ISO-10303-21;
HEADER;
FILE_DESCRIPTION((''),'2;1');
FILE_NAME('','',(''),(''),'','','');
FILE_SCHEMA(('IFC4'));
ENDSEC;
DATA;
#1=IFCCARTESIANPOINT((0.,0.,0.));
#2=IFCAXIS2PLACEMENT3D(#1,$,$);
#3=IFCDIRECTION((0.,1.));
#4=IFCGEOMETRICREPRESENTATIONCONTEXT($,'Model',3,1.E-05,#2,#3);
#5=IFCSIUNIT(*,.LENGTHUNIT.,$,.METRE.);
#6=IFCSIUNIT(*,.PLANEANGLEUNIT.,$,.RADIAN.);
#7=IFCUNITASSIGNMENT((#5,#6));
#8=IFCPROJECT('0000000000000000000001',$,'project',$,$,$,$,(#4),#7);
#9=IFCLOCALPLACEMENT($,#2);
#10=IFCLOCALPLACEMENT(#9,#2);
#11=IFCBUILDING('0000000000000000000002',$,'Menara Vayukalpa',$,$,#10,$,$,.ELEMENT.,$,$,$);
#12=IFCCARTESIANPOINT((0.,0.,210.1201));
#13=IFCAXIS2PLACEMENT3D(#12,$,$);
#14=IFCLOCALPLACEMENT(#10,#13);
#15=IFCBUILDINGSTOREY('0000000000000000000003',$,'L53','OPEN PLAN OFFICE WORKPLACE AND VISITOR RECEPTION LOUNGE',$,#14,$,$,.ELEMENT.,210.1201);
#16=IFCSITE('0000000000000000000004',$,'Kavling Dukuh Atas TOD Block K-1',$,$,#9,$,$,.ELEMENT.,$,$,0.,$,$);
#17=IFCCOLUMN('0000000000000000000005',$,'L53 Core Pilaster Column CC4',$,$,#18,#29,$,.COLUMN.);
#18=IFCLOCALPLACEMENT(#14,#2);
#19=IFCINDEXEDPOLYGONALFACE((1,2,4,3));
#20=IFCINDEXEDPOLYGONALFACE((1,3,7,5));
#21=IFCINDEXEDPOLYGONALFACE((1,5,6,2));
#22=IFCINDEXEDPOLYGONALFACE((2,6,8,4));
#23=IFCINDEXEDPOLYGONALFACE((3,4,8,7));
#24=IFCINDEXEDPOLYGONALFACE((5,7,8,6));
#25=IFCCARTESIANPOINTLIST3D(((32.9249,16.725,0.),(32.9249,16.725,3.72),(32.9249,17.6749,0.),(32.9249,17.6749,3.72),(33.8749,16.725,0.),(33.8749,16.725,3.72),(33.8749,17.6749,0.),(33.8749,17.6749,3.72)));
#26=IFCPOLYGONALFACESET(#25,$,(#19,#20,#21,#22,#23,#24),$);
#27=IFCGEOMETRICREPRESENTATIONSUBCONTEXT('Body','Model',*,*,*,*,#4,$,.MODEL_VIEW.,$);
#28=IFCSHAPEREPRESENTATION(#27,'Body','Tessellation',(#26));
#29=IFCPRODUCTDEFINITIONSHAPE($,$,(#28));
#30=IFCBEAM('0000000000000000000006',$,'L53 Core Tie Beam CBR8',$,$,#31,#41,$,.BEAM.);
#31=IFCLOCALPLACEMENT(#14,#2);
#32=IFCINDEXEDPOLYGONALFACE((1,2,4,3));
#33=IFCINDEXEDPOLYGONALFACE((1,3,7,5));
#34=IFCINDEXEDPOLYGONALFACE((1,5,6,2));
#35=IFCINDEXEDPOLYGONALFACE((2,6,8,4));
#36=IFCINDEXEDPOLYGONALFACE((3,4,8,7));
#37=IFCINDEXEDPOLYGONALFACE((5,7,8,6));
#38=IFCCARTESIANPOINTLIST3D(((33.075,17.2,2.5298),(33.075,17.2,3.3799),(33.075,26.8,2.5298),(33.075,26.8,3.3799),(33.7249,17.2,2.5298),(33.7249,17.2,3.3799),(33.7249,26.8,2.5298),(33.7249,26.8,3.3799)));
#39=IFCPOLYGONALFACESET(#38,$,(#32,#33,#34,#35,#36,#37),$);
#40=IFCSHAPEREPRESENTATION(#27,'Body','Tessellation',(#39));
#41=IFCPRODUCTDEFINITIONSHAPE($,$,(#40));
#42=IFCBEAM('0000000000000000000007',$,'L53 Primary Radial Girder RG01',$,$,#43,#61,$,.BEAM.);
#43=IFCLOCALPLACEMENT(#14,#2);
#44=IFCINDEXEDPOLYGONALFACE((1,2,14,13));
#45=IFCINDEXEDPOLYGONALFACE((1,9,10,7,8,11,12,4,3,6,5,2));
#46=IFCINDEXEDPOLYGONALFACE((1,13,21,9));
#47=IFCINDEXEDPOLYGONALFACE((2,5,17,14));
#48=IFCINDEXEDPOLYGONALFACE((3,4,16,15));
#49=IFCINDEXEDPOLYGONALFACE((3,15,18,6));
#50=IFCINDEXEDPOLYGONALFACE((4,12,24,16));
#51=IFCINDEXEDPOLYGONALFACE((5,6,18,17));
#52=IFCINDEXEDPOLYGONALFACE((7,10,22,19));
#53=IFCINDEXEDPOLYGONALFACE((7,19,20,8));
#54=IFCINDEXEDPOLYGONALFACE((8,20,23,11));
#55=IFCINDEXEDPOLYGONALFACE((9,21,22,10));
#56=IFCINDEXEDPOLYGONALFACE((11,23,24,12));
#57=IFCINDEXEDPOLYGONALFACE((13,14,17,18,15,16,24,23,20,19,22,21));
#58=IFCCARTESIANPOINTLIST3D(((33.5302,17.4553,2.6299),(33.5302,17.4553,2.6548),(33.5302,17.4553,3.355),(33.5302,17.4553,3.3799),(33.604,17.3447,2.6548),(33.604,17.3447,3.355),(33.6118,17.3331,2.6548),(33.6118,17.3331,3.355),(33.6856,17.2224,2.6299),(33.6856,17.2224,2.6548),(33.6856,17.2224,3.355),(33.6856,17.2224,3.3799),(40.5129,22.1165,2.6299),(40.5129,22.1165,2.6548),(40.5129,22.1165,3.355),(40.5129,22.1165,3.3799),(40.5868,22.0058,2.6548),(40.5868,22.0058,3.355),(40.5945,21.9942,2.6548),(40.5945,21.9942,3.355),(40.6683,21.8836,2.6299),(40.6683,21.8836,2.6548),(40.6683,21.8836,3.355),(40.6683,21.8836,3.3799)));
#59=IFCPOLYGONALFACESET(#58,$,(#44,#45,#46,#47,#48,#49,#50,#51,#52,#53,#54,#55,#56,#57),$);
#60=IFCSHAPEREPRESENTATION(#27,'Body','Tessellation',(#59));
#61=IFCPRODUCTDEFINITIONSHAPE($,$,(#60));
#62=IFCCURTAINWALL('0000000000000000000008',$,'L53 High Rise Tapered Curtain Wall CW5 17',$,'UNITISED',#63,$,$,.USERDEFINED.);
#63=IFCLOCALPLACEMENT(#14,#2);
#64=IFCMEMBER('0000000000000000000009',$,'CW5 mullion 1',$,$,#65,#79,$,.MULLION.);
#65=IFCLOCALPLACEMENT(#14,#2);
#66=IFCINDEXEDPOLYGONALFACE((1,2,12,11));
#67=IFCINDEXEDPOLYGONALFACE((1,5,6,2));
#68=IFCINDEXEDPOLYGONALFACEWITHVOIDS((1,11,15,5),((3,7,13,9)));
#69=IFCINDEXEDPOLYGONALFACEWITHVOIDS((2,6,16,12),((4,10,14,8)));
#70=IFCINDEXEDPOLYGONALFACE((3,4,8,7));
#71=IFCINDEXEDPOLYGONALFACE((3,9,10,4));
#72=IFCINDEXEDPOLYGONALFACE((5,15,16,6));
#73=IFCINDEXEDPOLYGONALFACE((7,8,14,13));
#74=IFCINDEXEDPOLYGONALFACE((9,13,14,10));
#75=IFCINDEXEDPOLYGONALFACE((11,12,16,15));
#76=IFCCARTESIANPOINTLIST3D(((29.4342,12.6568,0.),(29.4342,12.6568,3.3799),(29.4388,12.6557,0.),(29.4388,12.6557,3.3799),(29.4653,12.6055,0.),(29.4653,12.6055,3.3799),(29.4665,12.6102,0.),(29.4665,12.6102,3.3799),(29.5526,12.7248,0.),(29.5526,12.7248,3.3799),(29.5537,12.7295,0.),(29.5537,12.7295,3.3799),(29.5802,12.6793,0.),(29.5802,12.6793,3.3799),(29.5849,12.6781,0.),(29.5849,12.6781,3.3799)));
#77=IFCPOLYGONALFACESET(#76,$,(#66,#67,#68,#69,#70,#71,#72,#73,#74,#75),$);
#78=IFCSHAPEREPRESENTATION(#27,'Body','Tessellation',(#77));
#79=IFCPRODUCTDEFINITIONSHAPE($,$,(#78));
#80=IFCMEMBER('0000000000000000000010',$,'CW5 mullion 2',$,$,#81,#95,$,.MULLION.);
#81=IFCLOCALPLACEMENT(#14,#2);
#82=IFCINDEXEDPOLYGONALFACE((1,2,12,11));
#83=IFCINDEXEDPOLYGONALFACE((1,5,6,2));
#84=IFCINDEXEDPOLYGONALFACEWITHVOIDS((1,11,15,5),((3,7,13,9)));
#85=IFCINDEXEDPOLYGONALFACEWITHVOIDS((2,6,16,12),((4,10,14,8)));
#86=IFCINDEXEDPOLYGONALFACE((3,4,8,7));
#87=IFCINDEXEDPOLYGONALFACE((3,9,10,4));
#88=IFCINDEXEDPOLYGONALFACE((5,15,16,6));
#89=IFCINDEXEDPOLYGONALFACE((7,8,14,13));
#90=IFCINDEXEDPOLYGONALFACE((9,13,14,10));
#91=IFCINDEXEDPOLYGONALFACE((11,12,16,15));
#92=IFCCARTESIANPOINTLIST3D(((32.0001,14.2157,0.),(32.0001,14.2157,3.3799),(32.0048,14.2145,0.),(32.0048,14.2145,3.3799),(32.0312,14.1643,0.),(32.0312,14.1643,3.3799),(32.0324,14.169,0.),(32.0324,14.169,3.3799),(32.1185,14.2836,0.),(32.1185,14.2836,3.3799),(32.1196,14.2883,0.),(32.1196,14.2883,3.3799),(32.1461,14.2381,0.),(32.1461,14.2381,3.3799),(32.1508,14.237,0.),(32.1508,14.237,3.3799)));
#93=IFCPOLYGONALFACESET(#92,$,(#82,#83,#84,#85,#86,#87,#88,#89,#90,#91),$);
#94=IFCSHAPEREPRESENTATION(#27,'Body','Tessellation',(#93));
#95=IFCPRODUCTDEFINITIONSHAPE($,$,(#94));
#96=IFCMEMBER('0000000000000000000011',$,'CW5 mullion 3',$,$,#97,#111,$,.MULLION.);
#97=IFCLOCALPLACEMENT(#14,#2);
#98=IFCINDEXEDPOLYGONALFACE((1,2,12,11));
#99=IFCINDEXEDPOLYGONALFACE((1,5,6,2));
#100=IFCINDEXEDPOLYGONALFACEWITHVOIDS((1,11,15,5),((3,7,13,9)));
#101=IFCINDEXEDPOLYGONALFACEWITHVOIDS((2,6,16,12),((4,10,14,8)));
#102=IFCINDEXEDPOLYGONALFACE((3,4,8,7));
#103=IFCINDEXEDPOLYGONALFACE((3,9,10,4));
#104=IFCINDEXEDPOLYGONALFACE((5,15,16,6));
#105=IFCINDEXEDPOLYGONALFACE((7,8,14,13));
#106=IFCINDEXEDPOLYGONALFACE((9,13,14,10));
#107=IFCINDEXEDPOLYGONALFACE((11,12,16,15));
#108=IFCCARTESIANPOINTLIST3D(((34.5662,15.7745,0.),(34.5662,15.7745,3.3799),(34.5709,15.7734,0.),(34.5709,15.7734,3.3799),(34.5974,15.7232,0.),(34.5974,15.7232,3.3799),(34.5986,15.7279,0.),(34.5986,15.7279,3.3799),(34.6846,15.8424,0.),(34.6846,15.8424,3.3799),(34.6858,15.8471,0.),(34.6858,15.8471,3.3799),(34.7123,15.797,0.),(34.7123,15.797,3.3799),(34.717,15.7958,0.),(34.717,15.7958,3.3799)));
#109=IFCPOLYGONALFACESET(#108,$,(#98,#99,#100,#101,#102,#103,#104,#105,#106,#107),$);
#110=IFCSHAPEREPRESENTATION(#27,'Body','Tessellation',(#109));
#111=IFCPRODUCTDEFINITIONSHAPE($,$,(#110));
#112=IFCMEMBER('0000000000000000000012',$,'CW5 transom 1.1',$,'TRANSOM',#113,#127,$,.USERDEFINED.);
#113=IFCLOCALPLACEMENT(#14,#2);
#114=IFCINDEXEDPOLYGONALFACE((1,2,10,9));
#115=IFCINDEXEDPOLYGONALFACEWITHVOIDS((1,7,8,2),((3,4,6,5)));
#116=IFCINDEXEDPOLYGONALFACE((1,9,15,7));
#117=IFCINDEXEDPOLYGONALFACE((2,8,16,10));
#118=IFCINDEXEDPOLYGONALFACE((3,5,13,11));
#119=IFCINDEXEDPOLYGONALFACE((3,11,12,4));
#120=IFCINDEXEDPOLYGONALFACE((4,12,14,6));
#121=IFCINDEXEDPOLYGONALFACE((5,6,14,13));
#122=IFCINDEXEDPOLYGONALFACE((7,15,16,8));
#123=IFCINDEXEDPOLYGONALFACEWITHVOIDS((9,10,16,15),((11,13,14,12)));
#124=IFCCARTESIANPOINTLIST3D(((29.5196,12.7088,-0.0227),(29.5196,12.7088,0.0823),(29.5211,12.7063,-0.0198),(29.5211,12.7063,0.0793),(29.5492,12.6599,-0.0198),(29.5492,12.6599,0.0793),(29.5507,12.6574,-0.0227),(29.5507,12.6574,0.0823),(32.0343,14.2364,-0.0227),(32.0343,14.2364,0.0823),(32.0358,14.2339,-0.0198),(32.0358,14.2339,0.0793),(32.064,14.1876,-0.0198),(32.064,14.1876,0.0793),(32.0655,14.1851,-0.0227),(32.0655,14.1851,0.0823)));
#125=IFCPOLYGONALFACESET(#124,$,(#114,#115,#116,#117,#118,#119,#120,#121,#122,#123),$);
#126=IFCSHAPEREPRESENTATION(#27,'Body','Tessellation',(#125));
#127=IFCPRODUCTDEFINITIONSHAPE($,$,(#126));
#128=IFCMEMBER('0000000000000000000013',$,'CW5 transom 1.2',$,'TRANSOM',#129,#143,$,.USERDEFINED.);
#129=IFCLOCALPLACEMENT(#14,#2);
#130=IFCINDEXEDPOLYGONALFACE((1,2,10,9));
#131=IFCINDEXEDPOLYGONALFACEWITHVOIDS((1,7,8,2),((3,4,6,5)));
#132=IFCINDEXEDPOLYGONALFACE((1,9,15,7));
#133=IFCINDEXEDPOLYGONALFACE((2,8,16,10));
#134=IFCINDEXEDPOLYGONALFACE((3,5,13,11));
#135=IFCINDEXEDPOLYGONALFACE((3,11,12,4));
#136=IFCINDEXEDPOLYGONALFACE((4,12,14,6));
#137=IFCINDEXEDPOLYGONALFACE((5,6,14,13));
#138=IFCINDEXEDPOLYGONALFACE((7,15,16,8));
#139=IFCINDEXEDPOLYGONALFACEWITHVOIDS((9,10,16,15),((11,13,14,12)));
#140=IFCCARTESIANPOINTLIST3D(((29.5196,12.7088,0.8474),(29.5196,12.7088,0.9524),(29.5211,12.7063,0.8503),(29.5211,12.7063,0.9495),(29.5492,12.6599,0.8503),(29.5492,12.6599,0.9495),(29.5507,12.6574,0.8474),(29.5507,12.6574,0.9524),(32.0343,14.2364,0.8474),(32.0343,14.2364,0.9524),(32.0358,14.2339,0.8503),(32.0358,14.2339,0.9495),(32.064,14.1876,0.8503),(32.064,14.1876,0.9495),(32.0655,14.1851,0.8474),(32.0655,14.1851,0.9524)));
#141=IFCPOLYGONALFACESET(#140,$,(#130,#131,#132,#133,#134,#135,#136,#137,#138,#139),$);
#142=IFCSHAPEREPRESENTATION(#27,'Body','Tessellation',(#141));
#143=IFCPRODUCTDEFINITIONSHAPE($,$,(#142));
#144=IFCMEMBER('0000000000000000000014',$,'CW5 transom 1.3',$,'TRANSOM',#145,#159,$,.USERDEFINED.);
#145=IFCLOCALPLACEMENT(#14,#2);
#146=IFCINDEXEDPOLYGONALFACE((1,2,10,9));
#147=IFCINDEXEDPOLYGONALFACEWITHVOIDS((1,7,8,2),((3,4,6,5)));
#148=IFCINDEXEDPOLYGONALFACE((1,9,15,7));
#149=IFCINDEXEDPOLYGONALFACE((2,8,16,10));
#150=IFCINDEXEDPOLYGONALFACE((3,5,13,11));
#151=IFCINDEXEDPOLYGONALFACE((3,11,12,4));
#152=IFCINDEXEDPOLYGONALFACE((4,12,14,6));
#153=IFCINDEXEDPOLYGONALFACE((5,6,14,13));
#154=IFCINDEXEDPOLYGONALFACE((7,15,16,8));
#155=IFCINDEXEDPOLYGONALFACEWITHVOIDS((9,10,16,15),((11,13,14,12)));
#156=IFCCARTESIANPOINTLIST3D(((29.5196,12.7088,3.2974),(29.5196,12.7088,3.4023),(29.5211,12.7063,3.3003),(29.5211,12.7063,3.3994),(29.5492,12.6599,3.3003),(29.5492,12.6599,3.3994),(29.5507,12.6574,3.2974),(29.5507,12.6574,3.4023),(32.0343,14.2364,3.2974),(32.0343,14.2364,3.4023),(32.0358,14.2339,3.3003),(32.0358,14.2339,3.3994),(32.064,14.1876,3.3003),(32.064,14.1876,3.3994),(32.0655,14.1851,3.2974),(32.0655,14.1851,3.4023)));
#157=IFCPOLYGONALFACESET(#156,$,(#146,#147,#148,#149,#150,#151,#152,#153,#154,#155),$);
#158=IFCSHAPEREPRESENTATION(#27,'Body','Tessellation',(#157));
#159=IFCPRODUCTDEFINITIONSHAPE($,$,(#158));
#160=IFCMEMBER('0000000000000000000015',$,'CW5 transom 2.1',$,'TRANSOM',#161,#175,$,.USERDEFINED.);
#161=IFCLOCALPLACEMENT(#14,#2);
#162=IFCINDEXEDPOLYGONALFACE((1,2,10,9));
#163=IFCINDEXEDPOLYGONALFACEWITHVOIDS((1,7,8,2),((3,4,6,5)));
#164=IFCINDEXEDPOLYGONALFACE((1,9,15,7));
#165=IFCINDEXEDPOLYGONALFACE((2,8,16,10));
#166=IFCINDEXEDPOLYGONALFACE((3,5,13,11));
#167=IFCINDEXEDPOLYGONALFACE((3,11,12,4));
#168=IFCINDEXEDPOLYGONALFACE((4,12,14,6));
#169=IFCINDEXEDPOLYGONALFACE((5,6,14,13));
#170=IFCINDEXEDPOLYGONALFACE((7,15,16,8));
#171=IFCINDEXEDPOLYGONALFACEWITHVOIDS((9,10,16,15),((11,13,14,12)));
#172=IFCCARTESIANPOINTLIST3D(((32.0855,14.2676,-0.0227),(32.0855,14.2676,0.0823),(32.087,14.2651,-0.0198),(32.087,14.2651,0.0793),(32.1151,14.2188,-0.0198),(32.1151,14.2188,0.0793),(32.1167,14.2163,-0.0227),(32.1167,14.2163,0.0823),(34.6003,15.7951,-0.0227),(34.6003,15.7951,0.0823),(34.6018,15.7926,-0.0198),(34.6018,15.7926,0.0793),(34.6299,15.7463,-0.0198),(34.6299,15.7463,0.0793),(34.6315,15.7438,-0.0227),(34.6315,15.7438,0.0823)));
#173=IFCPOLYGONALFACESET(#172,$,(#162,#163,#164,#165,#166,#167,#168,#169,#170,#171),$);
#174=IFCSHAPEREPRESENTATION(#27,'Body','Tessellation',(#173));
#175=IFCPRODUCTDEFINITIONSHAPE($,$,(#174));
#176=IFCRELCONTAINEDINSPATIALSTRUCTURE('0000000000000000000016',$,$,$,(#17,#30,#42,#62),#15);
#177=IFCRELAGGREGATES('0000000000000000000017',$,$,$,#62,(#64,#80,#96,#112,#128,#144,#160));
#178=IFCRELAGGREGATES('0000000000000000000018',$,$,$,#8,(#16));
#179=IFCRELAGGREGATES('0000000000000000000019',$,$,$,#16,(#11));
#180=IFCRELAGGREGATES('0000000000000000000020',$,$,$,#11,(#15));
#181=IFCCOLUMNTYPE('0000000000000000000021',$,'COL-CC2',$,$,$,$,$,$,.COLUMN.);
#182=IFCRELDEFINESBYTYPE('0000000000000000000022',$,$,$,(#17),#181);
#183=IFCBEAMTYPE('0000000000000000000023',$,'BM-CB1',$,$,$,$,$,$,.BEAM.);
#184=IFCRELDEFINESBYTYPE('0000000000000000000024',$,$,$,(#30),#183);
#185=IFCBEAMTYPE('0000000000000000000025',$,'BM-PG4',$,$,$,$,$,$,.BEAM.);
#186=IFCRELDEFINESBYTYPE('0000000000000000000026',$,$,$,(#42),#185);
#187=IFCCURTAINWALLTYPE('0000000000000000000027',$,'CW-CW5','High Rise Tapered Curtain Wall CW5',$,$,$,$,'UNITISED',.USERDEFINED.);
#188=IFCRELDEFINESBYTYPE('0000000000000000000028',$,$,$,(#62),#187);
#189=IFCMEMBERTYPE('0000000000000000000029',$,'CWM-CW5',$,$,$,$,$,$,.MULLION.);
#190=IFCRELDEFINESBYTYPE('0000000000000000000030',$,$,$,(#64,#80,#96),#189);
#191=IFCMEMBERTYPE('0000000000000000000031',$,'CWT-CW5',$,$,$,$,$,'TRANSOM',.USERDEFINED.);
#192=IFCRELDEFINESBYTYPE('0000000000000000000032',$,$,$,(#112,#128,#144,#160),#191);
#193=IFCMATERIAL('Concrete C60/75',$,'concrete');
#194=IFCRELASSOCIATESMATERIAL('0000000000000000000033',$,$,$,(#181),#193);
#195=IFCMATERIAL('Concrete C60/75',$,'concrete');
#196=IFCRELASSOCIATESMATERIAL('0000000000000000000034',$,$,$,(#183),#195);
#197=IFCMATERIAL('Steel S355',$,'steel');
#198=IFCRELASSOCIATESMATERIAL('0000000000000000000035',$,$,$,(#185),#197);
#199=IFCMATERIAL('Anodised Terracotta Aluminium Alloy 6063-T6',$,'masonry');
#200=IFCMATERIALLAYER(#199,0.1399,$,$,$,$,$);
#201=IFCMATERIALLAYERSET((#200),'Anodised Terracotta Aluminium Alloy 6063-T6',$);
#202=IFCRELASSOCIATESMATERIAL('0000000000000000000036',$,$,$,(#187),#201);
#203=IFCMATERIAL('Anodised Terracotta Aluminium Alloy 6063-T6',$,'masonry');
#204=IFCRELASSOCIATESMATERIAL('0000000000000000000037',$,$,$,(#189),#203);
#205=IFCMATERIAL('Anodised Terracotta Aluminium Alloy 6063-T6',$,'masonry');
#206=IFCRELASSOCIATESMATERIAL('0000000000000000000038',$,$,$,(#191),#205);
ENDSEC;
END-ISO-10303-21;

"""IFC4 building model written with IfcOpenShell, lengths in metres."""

from ifc_helpers import new_model, si_unit, direction, frame, origin, origin_2d, place, context, subcontext, project, spatial, rectangle, hollow_rectangle, i_section, extrude, material, layer, layer_set, material_profile, profile_set, type_object, element, aggregate, save


model = new_model("IFC4")

# Units and contexts
model_context = context("Model", 3, precision=1e-05, world=origin(), true_north=direction((0.0, 1.0)))
body_context = subcontext(model_context, "Body", "Model", "MODEL_VIEW")
ifc_project = project(units=[si_unit("LENGTHUNIT", "METRE"), si_unit("PLANEANGLEUNIT", "RADIAN")], contexts=[model_context])

# Site, building, storey
site_placement = place(None, origin())
site = spatial("IfcSite", under=ifc_project, at=site_placement, Name="Kavling Dukuh Atas TOD Block K-1", CompositionType="ELEMENT", RefElevation=0.0)
building_placement = place(site_placement, origin())
building = spatial("IfcBuilding", under=site, at=building_placement, Name="Menara Vayukalpa", CompositionType="ELEMENT")
storey_placement = place(building_placement, frame((0.0, 0.0, 210.1201)))
storey = spatial("IfcBuildingStorey", under=building, at=storey_placement, Name="L53", Description="OPEN PLAN OFFICE WORKPLACE AND VISITOR RECEPTION LOUNGE", CompositionType="ELEMENT", Elevation=210.1201)

# Column
ifc_material_1 = material(Name="Concrete C60/75", Category="concrete")
ifc_material_profile_1 = material_profile(ifc_material_1, rectangle(XDim=0.95, YDim=0.95, at=origin_2d()), Name="RC 950x950")
ifc_profile_set_1 = profile_set([ifc_material_profile_1], Name="Concrete C60/75")
column_type = type_object("IfcColumnType", Name="COL-CC2", PredefinedType="COLUMN", material=ifc_profile_set_1)
column_placement = place(storey_placement, frame((33.3999, 17.2, 0.0), z_axis=(0.0, 0.0, 1.0), x_axis=(1.0, 0.0, 0.0)))
element("IfcColumn", 1, at=column_placement, inside=storey, type_object=column_type, Name="L53 Core Pilaster Column CC4", PredefinedType="COLUMN", context=body_context, shape_type="SweptSolid", body=[
    extrude(rectangle(XDim=0.95, YDim=0.95, at=origin_2d()), origin(), (0.0, 0.0, 1.0), 3.72),
])

# Beams
ifc_material_2 = material(Name="Concrete C60/75", Category="concrete")
ifc_material_profile_2 = material_profile(ifc_material_2, rectangle(XDim=0.6499, YDim=0.8501, at=origin_2d()), Name="RC 650x850")
ifc_profile_set_2 = profile_set([ifc_material_profile_2], Name="Concrete C60/75")
beam_type_1 = type_object("IfcBeamType", Name="BM-CB1", PredefinedType="BEAM", material=ifc_profile_set_2)
beam_1_placement = place(storey_placement, frame((33.3999, 17.2, 2.9548), z_axis=(0.0, 1.0, 0.0), x_axis=(-1.0, 0.0, 0.0)))
element("IfcBeam", 2, at=beam_1_placement, inside=storey, type_object=beam_type_1, Name="L53 Core Tie Beam CBR8", PredefinedType="BEAM", context=body_context, shape_type="SweptSolid", body=[
    extrude(rectangle(XDim=0.6499, YDim=0.8501, at=origin_2d()), origin(), (0.0, 0.0, 1.0), 9.6001),
])
ifc_material_3 = material(Name="Steel S355", Category="steel")
ifc_material_profile_3 = material_profile(ifc_material_3, i_section(OverallWidth=0.28, OverallDepth=0.75, WebThickness=0.0139, FlangeThickness=0.0249, at=origin_2d()), Name="WF 750x280x14x25")
ifc_profile_set_3 = profile_set([ifc_material_profile_3], Name="Steel S355")
beam_type_2 = type_object("IfcBeamType", Name="BM-PG4", PredefinedType="BEAM", material=ifc_profile_set_3)
beam_2_placement = place(storey_placement, frame((33.6079, 17.3389, 3.0049), z_axis=(0.831719, 0.555197, 0.0), x_axis=(-0.555197, 0.831719, 0.0)))
element("IfcBeam", 3, at=beam_2_placement, inside=storey, type_object=beam_type_2, Name="L53 Primary Radial Girder RG01", PredefinedType="BEAM", context=body_context, shape_type="SweptSolid", body=[
    extrude(i_section(OverallWidth=0.28, OverallDepth=0.75, WebThickness=0.0139, FlangeThickness=0.0249, at=origin_2d()), origin(), (0.0, 0.0, 1.0), 8.3955),
])

# Curtain wall, members
ifc_material_4 = material(Name="Anodised Terracotta Aluminium Alloy 6063-T6", Category="masonry")
ifc_layer_1 = layer(ifc_material_4, 0.1399)
ifc_layer_set_1 = layer_set([ifc_layer_1], Name="Anodised Terracotta Aluminium Alloy 6063-T6")
curtain_wall_type = type_object("IfcCurtainWallType", Name="CW-CW5", Description="High Rise Tapered Curtain Wall CW5", ElementType="UNITISED", PredefinedType="USERDEFINED", material=ifc_layer_set_1)
curtain_wall_placement = place(storey_placement, origin())
curtain_wall = element("IfcCurtainWall", 4, at=curtain_wall_placement, inside=storey, type_object=curtain_wall_type, Name="L53 High Rise Tapered Curtain Wall CW5 17", ObjectType="UNITISED", PredefinedType="USERDEFINED")
ifc_material_5 = material(Name="Anodised Terracotta Aluminium Alloy 6063-T6", Category="masonry")
ifc_material_profile_4 = material_profile(ifc_material_5, hollow_rectangle(XDim=0.0601, YDim=0.1399, WallThickness=0.0034, at=origin_2d()), Name="ALU 60x140x3.5")
ifc_profile_set_4 = profile_set([ifc_material_profile_4], Name="Anodised Terracotta Aluminium Alloy 6063-T6")
member_type_1 = type_object("IfcMemberType", Name="CWM-CW5", PredefinedType="MULLION", material=ifc_profile_set_4)
member_1_placement = place(storey_placement, frame((29.5095, 12.6675, 0.0), z_axis=(0.0, 0.0, 1.0), x_axis=(-0.51918, 0.854665, 0.0)))
member_1 = element("IfcMember", 5, at=member_1_placement, type_object=member_type_1, Name="CW5 mullion 1", PredefinedType="MULLION", context=body_context, shape_type="SweptSolid", body=[
    extrude(hollow_rectangle(XDim=0.0601, YDim=0.1399, WallThickness=0.0034, at=origin_2d()), origin(), (0.0, 0.0, 1.0), 3.3799),
])
member_2_placement = place(storey_placement, frame((32.0754, 14.2263, 0.0), z_axis=(0.0, 0.0, 1.0), x_axis=(-0.51918, 0.854665, 0.0)))
member_2 = element("IfcMember", 6, at=member_2_placement, type_object=member_type_1, Name="CW5 mullion 2", PredefinedType="MULLION", context=body_context, shape_type="SweptSolid", body=[
    extrude(hollow_rectangle(XDim=0.0601, YDim=0.1399, WallThickness=0.0034, at=origin_2d()), origin(), (0.0, 0.0, 1.0), 3.3799),
])
member_3_placement = place(storey_placement, frame((34.6416, 15.7852, 0.0), z_axis=(0.0, 0.0, 1.0), x_axis=(-0.51918, 0.854665, 0.0)))
member_3 = element("IfcMember", 7, at=member_3_placement, type_object=member_type_1, Name="CW5 mullion 3", PredefinedType="MULLION", context=body_context, shape_type="SweptSolid", body=[
    extrude(hollow_rectangle(XDim=0.0601, YDim=0.1399, WallThickness=0.0034, at=origin_2d()), origin(), (0.0, 0.0, 1.0), 3.3799),
])
ifc_material_6 = material(Name="Anodised Terracotta Aluminium Alloy 6063-T6", Category="masonry")
ifc_material_profile_5 = material_profile(ifc_material_6, hollow_rectangle(XDim=0.0601, YDim=0.105, WallThickness=0.0029, at=origin_2d()), Name="ALU 60x105x3")
ifc_profile_set_5 = profile_set([ifc_material_profile_5], Name="Anodised Terracotta Aluminium Alloy 6063-T6")
member_type_2 = type_object("IfcMemberType", Name="CWT-CW5", ElementType="TRANSOM", PredefinedType="USERDEFINED", material=ifc_profile_set_5)
member_4_placement = place(storey_placement, frame((29.5352, 12.6831, 0.0298), z_axis=(0.854661, 0.519186, 0.0), x_axis=(-0.519186, 0.854661, 0.0)))
member_4 = element("IfcMember", 8, at=member_4_placement, type_object=member_type_2, Name="CW5 transom 1.1", ObjectType="TRANSOM", PredefinedType="USERDEFINED", context=body_context, shape_type="SweptSolid", body=[
    extrude(hollow_rectangle(XDim=0.0601, YDim=0.105, WallThickness=0.0029, at=origin_2d()), origin(), (0.0, 0.0, 1.0), 2.9424),
])
member_5_placement = place(storey_placement, frame((29.5352, 12.6831, 0.8999), z_axis=(0.854661, 0.519186, 0.0), x_axis=(-0.519186, 0.854661, 0.0)))
member_5 = element("IfcMember", 9, at=member_5_placement, type_object=member_type_2, Name="CW5 transom 1.2", ObjectType="TRANSOM", PredefinedType="USERDEFINED", context=body_context, shape_type="SweptSolid", body=[
    extrude(hollow_rectangle(XDim=0.0601, YDim=0.105, WallThickness=0.0029, at=origin_2d()), origin(), (0.0, 0.0, 1.0), 2.9424),
])
member_6_placement = place(storey_placement, frame((29.5352, 12.6831, 3.3499), z_axis=(0.854661, 0.519186, 0.0), x_axis=(-0.519186, 0.854661, 0.0)))
member_6 = element("IfcMember", 10, at=member_6_placement, type_object=member_type_2, Name="CW5 transom 1.3", ObjectType="TRANSOM", PredefinedType="USERDEFINED", context=body_context, shape_type="SweptSolid", body=[
    extrude(hollow_rectangle(XDim=0.0601, YDim=0.105, WallThickness=0.0029, at=origin_2d()), origin(), (0.0, 0.0, 1.0), 2.9424),
])
member_7_placement = place(storey_placement, frame((32.1011, 14.2419, 0.0298), z_axis=(0.854684, 0.519149, 0.0), x_axis=(-0.519149, 0.854684, 0.0)))
member_7 = element("IfcMember", 11, at=member_7_placement, type_object=member_type_2, Name="CW5 transom 2.1", ObjectType="TRANSOM", PredefinedType="USERDEFINED", context=body_context, shape_type="SweptSolid", body=[
    extrude(hollow_rectangle(XDim=0.0601, YDim=0.105, WallThickness=0.0029, at=origin_2d()), origin(), (0.0, 0.0, 1.0), 2.9424),
])
aggregate(curtain_wall, [member_1, member_2, member_3, member_4, member_5, member_6, member_7])

save(model, "model.ifc")
